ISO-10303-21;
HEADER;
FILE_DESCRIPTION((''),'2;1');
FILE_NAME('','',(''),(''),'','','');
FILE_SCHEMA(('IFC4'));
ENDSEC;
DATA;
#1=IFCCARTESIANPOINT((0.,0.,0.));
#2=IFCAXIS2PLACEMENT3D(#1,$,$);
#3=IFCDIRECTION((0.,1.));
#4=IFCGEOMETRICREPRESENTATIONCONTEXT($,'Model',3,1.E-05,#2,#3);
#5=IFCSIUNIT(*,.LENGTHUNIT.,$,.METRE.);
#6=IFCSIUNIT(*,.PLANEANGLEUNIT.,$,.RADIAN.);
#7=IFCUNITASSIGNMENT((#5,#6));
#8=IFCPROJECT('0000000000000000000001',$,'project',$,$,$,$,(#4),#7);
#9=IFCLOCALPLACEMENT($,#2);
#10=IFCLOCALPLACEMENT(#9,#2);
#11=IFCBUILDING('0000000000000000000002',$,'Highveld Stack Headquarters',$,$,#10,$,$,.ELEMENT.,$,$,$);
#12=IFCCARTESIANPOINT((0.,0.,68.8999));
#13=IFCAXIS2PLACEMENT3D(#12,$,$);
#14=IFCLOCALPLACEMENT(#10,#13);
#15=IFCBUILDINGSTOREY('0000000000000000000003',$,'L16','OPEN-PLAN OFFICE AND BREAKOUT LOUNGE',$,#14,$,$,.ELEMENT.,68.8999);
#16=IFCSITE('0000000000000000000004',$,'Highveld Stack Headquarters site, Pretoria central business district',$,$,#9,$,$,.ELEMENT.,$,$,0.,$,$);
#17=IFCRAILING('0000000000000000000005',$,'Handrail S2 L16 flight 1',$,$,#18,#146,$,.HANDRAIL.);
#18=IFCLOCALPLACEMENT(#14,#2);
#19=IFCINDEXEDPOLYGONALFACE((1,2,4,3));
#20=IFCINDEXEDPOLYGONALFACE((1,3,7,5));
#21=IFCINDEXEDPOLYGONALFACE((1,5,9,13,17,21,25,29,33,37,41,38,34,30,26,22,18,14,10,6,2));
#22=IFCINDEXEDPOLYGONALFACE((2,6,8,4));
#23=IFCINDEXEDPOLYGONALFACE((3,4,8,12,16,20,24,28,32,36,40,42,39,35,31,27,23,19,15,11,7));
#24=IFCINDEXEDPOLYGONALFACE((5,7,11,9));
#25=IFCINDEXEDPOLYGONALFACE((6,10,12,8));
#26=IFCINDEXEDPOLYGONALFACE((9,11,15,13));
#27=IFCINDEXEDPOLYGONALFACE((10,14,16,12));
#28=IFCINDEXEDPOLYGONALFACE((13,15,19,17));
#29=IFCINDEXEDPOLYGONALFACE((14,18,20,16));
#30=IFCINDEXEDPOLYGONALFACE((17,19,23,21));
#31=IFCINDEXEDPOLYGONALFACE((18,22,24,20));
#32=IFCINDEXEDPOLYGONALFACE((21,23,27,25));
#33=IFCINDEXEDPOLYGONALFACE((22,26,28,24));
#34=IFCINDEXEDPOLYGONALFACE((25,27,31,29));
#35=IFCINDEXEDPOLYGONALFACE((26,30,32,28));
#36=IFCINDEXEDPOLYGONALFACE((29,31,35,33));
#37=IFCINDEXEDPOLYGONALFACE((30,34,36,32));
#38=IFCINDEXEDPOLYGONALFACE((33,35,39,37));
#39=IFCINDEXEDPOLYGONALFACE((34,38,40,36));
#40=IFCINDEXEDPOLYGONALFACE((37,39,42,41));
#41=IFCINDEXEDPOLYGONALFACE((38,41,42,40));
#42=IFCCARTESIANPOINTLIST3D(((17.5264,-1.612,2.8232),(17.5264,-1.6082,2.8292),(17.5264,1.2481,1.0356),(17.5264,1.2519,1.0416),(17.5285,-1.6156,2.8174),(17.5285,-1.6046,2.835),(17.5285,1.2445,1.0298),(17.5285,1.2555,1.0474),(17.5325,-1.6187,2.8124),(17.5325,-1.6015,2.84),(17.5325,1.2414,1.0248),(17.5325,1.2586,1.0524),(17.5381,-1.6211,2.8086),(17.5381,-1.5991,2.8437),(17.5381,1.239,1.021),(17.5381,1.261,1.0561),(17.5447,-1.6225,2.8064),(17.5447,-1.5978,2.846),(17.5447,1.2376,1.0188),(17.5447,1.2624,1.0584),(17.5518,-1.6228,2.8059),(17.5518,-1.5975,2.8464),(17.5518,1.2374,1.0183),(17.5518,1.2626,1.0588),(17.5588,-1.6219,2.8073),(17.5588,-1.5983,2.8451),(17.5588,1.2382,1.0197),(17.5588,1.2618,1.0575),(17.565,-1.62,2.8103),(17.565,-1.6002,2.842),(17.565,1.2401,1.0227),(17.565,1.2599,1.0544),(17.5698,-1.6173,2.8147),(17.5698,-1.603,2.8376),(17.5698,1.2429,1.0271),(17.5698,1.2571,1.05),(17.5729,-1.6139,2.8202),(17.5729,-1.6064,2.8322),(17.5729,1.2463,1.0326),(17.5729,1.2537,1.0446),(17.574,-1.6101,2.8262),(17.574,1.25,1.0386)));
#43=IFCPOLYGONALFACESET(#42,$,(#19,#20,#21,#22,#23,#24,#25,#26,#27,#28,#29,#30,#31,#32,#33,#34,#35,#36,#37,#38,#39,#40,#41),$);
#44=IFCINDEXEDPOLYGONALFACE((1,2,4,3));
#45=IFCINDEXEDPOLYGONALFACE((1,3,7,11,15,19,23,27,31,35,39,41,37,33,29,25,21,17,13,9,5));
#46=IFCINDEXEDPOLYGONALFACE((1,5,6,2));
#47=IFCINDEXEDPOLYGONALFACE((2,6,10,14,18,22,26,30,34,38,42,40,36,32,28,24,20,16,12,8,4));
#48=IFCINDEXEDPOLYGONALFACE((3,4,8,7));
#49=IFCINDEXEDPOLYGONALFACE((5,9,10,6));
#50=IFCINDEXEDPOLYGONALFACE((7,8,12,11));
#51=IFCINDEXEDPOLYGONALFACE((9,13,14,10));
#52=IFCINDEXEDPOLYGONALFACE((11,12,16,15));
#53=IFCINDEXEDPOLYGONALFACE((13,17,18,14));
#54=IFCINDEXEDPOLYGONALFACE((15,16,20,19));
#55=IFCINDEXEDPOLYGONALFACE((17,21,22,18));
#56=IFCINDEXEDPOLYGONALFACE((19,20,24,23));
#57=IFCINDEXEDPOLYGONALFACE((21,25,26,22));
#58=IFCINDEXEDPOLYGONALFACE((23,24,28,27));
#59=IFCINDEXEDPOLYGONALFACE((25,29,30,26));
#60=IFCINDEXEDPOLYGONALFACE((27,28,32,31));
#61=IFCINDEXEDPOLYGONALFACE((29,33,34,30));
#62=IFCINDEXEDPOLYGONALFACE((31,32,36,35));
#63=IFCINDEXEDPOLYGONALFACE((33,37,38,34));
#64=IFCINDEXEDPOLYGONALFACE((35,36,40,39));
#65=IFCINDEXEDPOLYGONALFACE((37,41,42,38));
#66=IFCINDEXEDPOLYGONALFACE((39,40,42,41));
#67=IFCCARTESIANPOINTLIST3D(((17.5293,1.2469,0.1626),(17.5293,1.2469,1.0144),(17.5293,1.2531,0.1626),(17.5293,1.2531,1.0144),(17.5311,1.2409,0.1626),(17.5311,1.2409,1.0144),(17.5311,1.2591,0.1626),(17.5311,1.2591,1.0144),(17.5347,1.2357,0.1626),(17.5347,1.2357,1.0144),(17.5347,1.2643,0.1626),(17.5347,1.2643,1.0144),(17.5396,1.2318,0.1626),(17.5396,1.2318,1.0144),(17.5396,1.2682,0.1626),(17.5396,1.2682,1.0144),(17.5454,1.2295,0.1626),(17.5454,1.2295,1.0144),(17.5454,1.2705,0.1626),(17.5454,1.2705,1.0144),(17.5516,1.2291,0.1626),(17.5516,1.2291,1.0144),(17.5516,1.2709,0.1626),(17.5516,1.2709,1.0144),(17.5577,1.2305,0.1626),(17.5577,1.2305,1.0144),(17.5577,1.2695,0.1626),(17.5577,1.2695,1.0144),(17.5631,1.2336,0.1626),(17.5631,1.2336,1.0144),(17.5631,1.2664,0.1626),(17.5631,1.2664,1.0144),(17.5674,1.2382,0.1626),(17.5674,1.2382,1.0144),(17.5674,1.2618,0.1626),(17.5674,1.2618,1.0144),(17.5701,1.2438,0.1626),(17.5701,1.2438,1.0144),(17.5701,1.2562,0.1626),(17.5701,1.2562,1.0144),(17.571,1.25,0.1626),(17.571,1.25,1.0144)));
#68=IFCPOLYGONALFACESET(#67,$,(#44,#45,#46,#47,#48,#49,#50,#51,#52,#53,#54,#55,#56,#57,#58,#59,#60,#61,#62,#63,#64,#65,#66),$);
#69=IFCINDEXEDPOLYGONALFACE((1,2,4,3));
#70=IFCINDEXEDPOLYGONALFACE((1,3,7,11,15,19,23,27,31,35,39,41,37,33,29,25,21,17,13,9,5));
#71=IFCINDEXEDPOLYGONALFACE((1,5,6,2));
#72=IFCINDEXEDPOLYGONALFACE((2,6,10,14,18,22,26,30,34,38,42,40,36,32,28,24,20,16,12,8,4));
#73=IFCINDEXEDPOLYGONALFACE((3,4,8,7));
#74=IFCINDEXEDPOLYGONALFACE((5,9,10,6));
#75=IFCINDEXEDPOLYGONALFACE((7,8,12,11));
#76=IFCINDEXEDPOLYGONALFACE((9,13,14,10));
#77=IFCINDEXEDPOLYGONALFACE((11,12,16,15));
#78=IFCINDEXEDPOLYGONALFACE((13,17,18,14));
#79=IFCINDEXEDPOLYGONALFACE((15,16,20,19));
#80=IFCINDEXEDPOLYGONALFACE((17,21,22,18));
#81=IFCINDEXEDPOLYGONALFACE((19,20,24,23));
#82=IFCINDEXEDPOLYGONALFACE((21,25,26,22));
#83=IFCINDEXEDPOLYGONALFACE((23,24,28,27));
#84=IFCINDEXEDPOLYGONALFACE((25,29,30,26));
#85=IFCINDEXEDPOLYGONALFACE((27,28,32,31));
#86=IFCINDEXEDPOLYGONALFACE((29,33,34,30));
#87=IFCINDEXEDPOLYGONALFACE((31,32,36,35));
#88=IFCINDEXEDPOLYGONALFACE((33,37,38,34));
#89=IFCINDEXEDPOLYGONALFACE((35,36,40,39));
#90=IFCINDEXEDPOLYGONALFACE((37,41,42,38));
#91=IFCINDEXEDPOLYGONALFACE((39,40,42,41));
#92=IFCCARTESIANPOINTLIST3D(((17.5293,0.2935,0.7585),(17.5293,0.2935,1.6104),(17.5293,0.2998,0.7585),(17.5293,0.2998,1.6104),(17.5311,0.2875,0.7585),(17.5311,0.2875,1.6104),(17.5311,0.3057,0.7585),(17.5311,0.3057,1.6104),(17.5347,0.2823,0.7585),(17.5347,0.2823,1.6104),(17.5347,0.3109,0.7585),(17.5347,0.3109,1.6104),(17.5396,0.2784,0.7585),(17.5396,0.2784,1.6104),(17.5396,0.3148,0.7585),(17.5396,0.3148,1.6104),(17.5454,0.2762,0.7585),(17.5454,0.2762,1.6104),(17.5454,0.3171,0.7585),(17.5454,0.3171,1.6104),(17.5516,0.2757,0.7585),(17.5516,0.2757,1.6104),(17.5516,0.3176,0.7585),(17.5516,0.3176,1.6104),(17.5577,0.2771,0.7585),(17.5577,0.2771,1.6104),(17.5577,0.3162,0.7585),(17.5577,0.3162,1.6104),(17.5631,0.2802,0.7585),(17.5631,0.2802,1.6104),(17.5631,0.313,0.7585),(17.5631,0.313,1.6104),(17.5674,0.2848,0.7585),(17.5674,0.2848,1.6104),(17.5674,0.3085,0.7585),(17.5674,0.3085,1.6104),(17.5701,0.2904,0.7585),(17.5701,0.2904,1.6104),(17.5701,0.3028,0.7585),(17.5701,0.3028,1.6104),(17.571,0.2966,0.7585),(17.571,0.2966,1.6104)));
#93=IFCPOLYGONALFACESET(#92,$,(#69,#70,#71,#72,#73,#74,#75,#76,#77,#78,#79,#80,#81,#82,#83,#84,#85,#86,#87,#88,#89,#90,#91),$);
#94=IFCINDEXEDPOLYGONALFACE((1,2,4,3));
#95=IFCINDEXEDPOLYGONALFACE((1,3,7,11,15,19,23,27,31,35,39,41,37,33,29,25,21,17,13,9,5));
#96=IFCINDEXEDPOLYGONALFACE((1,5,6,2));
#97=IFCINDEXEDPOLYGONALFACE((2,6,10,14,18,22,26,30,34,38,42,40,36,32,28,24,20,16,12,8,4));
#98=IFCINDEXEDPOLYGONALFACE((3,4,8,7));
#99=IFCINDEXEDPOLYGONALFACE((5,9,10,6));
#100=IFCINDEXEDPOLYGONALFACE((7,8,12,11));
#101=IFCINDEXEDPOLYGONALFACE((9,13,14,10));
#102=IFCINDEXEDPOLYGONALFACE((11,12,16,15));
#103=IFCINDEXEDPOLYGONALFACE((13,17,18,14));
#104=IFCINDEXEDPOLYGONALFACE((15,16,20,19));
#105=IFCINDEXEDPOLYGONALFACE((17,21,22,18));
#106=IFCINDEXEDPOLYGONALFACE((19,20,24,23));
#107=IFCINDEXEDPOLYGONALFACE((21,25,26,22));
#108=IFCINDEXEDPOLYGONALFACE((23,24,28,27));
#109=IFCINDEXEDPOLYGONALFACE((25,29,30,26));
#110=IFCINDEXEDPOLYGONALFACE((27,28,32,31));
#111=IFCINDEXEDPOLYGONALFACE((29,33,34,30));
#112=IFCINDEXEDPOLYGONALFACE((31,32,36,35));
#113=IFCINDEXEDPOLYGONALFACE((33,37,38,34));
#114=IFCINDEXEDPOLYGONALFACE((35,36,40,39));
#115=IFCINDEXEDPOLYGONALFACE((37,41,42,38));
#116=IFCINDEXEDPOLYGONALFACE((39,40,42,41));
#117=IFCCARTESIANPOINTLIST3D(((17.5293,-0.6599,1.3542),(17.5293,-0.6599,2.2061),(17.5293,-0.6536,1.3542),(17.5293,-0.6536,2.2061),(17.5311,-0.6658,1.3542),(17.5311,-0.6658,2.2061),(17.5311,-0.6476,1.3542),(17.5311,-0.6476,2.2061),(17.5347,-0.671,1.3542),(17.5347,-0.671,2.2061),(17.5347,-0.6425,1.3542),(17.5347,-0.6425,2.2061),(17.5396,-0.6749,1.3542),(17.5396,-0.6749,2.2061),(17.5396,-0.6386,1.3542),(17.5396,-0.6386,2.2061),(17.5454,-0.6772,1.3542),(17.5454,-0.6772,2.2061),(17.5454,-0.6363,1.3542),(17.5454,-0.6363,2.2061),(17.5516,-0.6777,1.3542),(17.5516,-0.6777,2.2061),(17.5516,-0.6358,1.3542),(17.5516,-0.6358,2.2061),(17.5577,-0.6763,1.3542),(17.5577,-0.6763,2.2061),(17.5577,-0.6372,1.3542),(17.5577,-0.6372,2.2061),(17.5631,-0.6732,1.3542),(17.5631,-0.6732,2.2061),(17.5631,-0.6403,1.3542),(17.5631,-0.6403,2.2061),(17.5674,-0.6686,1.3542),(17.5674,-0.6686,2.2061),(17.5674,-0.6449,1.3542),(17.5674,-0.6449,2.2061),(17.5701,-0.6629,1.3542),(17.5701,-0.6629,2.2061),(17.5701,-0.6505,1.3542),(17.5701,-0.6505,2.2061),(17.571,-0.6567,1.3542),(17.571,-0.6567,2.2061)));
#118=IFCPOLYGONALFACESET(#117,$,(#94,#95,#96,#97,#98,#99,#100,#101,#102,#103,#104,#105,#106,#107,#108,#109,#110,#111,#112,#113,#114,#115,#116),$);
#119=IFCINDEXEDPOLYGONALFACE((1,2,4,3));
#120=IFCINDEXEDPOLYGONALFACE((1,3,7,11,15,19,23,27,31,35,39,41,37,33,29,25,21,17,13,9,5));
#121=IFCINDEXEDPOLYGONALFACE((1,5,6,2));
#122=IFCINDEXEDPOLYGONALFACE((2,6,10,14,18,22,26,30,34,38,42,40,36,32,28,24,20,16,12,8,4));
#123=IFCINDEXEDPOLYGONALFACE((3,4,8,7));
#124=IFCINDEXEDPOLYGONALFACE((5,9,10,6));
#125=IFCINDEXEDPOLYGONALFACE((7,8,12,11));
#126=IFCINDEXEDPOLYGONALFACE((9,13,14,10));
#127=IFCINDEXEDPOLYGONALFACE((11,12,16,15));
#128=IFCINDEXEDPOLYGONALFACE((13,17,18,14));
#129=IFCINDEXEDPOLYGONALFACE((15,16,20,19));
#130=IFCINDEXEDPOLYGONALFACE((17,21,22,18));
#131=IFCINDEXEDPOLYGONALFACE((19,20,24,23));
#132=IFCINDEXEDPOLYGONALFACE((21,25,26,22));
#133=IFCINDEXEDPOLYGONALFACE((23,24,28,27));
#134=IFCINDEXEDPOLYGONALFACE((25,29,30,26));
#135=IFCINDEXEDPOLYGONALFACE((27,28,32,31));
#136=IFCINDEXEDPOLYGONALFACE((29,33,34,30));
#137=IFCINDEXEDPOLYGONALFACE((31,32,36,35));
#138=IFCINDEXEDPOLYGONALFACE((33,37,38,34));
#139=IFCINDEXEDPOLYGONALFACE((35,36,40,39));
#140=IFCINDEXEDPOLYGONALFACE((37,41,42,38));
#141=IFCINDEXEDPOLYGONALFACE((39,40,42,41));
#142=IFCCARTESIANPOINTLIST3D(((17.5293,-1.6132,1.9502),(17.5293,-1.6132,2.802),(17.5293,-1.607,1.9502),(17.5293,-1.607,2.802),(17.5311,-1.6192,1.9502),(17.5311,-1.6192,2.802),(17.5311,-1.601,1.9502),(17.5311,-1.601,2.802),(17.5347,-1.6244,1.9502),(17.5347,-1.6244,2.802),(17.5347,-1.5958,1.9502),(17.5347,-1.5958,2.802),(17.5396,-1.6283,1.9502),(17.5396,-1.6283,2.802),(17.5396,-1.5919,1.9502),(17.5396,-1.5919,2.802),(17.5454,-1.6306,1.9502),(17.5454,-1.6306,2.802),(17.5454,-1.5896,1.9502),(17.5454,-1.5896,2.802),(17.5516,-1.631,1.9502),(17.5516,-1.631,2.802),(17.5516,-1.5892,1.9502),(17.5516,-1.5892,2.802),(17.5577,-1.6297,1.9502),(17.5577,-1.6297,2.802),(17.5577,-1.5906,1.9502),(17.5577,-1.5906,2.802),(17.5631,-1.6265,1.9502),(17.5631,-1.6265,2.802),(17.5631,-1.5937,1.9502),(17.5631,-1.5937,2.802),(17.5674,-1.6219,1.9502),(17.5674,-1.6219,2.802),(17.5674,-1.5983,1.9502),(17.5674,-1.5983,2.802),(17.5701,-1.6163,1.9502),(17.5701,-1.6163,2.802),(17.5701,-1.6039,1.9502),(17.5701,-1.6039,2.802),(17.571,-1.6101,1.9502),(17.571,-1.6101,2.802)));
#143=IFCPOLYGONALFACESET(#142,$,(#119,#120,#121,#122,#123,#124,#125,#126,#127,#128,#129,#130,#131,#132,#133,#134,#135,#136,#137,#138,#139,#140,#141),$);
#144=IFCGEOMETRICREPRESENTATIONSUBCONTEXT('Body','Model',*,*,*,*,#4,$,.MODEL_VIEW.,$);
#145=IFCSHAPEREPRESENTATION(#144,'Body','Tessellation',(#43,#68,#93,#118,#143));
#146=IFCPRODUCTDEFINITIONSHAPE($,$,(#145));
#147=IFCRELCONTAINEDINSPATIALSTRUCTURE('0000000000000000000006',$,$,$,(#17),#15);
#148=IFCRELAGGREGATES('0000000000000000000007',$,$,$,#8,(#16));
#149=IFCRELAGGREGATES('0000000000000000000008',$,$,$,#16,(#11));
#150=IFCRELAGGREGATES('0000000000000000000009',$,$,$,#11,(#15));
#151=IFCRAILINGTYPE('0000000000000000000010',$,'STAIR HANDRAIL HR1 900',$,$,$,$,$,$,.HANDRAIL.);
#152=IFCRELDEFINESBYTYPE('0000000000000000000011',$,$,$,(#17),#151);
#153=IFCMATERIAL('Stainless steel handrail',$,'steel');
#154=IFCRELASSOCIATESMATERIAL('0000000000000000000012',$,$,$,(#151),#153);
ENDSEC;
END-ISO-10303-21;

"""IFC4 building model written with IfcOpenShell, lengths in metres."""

from ifc_helpers import new_model, si_unit, direction, frame, origin, origin_2d, place, context, subcontext, project, spatial, circle, extrude, material, type_object, element, save


model = new_model("IFC4")

# Units and contexts
model_context = context("Model", 3, precision=1e-05, world=origin(), true_north=direction((0.0, 1.0)))
body_context = subcontext(model_context, "Body", "Model", "MODEL_VIEW")
ifc_project = project(units=[si_unit("LENGTHUNIT", "METRE"), si_unit("PLANEANGLEUNIT", "RADIAN")], contexts=[model_context])

# Site, building, storey
site_placement = place(None, origin())
site = spatial("IfcSite", under=ifc_project, at=site_placement, Name="Highveld Stack Headquarters site, Pretoria central business district", CompositionType="ELEMENT", RefElevation=0.0)
building_placement = place(site_placement, origin())
building = spatial("IfcBuilding", under=site, at=building_placement, Name="Highveld Stack Headquarters", CompositionType="ELEMENT")
storey_placement = place(building_placement, frame((0.0, 0.0, 68.8999)))
storey = spatial("IfcBuildingStorey", under=building, at=storey_placement, Name="L16", Description="OPEN-PLAN OFFICE AND BREAKOUT LOUNGE", CompositionType="ELEMENT", Elevation=68.8999)

# Railing
ifc_material_1 = material(Name="Stainless steel handrail", Category="steel")
railing_type = type_object("IfcRailingType", Name="STAIR HANDRAIL HR1 900", PredefinedType="HANDRAIL", material=ifc_material_1)
for number, where, name in (
    (1, (17.55, 1.25, 0.1626), "Handrail S2 L16 flight 1"),
):
    element("IfcRailing", number, at=place(storey_placement, frame(where)), inside=storey, type_object=railing_type, Name=name, PredefinedType="HANDRAIL", context=body_context, shape_type="SweptSolid", body=[
        extrude(circle(Radius=0.0239, at=origin_2d()), frame((0.0, 0.0, 0.876), z_axis=(0.0, -0.847994, 0.530005), x_axis=(1.0, 0.0, 0.0)), (0.0, 0.0, 1.0), 3.3728),
        extrude(circle(Radius=0.021, at=origin_2d()), origin(), (0.0, 0.0, 1.0), 0.8518),
        extrude(circle(Radius=0.021, at=origin_2d()), frame((0.0, -0.9534, 0.5959)), (0.0, 0.0, 1.0), 0.8518),
        extrude(circle(Radius=0.021, at=origin_2d()), frame((0.0, -1.9067, 1.1917)), (0.0, 0.0, 1.0), 0.8518),
        extrude(circle(Radius=0.021, at=origin_2d()), frame((0.0, -2.8601, 1.7876)), (0.0, 0.0, 1.0), 0.8518),
    ])

save(model, "model.ifc")
